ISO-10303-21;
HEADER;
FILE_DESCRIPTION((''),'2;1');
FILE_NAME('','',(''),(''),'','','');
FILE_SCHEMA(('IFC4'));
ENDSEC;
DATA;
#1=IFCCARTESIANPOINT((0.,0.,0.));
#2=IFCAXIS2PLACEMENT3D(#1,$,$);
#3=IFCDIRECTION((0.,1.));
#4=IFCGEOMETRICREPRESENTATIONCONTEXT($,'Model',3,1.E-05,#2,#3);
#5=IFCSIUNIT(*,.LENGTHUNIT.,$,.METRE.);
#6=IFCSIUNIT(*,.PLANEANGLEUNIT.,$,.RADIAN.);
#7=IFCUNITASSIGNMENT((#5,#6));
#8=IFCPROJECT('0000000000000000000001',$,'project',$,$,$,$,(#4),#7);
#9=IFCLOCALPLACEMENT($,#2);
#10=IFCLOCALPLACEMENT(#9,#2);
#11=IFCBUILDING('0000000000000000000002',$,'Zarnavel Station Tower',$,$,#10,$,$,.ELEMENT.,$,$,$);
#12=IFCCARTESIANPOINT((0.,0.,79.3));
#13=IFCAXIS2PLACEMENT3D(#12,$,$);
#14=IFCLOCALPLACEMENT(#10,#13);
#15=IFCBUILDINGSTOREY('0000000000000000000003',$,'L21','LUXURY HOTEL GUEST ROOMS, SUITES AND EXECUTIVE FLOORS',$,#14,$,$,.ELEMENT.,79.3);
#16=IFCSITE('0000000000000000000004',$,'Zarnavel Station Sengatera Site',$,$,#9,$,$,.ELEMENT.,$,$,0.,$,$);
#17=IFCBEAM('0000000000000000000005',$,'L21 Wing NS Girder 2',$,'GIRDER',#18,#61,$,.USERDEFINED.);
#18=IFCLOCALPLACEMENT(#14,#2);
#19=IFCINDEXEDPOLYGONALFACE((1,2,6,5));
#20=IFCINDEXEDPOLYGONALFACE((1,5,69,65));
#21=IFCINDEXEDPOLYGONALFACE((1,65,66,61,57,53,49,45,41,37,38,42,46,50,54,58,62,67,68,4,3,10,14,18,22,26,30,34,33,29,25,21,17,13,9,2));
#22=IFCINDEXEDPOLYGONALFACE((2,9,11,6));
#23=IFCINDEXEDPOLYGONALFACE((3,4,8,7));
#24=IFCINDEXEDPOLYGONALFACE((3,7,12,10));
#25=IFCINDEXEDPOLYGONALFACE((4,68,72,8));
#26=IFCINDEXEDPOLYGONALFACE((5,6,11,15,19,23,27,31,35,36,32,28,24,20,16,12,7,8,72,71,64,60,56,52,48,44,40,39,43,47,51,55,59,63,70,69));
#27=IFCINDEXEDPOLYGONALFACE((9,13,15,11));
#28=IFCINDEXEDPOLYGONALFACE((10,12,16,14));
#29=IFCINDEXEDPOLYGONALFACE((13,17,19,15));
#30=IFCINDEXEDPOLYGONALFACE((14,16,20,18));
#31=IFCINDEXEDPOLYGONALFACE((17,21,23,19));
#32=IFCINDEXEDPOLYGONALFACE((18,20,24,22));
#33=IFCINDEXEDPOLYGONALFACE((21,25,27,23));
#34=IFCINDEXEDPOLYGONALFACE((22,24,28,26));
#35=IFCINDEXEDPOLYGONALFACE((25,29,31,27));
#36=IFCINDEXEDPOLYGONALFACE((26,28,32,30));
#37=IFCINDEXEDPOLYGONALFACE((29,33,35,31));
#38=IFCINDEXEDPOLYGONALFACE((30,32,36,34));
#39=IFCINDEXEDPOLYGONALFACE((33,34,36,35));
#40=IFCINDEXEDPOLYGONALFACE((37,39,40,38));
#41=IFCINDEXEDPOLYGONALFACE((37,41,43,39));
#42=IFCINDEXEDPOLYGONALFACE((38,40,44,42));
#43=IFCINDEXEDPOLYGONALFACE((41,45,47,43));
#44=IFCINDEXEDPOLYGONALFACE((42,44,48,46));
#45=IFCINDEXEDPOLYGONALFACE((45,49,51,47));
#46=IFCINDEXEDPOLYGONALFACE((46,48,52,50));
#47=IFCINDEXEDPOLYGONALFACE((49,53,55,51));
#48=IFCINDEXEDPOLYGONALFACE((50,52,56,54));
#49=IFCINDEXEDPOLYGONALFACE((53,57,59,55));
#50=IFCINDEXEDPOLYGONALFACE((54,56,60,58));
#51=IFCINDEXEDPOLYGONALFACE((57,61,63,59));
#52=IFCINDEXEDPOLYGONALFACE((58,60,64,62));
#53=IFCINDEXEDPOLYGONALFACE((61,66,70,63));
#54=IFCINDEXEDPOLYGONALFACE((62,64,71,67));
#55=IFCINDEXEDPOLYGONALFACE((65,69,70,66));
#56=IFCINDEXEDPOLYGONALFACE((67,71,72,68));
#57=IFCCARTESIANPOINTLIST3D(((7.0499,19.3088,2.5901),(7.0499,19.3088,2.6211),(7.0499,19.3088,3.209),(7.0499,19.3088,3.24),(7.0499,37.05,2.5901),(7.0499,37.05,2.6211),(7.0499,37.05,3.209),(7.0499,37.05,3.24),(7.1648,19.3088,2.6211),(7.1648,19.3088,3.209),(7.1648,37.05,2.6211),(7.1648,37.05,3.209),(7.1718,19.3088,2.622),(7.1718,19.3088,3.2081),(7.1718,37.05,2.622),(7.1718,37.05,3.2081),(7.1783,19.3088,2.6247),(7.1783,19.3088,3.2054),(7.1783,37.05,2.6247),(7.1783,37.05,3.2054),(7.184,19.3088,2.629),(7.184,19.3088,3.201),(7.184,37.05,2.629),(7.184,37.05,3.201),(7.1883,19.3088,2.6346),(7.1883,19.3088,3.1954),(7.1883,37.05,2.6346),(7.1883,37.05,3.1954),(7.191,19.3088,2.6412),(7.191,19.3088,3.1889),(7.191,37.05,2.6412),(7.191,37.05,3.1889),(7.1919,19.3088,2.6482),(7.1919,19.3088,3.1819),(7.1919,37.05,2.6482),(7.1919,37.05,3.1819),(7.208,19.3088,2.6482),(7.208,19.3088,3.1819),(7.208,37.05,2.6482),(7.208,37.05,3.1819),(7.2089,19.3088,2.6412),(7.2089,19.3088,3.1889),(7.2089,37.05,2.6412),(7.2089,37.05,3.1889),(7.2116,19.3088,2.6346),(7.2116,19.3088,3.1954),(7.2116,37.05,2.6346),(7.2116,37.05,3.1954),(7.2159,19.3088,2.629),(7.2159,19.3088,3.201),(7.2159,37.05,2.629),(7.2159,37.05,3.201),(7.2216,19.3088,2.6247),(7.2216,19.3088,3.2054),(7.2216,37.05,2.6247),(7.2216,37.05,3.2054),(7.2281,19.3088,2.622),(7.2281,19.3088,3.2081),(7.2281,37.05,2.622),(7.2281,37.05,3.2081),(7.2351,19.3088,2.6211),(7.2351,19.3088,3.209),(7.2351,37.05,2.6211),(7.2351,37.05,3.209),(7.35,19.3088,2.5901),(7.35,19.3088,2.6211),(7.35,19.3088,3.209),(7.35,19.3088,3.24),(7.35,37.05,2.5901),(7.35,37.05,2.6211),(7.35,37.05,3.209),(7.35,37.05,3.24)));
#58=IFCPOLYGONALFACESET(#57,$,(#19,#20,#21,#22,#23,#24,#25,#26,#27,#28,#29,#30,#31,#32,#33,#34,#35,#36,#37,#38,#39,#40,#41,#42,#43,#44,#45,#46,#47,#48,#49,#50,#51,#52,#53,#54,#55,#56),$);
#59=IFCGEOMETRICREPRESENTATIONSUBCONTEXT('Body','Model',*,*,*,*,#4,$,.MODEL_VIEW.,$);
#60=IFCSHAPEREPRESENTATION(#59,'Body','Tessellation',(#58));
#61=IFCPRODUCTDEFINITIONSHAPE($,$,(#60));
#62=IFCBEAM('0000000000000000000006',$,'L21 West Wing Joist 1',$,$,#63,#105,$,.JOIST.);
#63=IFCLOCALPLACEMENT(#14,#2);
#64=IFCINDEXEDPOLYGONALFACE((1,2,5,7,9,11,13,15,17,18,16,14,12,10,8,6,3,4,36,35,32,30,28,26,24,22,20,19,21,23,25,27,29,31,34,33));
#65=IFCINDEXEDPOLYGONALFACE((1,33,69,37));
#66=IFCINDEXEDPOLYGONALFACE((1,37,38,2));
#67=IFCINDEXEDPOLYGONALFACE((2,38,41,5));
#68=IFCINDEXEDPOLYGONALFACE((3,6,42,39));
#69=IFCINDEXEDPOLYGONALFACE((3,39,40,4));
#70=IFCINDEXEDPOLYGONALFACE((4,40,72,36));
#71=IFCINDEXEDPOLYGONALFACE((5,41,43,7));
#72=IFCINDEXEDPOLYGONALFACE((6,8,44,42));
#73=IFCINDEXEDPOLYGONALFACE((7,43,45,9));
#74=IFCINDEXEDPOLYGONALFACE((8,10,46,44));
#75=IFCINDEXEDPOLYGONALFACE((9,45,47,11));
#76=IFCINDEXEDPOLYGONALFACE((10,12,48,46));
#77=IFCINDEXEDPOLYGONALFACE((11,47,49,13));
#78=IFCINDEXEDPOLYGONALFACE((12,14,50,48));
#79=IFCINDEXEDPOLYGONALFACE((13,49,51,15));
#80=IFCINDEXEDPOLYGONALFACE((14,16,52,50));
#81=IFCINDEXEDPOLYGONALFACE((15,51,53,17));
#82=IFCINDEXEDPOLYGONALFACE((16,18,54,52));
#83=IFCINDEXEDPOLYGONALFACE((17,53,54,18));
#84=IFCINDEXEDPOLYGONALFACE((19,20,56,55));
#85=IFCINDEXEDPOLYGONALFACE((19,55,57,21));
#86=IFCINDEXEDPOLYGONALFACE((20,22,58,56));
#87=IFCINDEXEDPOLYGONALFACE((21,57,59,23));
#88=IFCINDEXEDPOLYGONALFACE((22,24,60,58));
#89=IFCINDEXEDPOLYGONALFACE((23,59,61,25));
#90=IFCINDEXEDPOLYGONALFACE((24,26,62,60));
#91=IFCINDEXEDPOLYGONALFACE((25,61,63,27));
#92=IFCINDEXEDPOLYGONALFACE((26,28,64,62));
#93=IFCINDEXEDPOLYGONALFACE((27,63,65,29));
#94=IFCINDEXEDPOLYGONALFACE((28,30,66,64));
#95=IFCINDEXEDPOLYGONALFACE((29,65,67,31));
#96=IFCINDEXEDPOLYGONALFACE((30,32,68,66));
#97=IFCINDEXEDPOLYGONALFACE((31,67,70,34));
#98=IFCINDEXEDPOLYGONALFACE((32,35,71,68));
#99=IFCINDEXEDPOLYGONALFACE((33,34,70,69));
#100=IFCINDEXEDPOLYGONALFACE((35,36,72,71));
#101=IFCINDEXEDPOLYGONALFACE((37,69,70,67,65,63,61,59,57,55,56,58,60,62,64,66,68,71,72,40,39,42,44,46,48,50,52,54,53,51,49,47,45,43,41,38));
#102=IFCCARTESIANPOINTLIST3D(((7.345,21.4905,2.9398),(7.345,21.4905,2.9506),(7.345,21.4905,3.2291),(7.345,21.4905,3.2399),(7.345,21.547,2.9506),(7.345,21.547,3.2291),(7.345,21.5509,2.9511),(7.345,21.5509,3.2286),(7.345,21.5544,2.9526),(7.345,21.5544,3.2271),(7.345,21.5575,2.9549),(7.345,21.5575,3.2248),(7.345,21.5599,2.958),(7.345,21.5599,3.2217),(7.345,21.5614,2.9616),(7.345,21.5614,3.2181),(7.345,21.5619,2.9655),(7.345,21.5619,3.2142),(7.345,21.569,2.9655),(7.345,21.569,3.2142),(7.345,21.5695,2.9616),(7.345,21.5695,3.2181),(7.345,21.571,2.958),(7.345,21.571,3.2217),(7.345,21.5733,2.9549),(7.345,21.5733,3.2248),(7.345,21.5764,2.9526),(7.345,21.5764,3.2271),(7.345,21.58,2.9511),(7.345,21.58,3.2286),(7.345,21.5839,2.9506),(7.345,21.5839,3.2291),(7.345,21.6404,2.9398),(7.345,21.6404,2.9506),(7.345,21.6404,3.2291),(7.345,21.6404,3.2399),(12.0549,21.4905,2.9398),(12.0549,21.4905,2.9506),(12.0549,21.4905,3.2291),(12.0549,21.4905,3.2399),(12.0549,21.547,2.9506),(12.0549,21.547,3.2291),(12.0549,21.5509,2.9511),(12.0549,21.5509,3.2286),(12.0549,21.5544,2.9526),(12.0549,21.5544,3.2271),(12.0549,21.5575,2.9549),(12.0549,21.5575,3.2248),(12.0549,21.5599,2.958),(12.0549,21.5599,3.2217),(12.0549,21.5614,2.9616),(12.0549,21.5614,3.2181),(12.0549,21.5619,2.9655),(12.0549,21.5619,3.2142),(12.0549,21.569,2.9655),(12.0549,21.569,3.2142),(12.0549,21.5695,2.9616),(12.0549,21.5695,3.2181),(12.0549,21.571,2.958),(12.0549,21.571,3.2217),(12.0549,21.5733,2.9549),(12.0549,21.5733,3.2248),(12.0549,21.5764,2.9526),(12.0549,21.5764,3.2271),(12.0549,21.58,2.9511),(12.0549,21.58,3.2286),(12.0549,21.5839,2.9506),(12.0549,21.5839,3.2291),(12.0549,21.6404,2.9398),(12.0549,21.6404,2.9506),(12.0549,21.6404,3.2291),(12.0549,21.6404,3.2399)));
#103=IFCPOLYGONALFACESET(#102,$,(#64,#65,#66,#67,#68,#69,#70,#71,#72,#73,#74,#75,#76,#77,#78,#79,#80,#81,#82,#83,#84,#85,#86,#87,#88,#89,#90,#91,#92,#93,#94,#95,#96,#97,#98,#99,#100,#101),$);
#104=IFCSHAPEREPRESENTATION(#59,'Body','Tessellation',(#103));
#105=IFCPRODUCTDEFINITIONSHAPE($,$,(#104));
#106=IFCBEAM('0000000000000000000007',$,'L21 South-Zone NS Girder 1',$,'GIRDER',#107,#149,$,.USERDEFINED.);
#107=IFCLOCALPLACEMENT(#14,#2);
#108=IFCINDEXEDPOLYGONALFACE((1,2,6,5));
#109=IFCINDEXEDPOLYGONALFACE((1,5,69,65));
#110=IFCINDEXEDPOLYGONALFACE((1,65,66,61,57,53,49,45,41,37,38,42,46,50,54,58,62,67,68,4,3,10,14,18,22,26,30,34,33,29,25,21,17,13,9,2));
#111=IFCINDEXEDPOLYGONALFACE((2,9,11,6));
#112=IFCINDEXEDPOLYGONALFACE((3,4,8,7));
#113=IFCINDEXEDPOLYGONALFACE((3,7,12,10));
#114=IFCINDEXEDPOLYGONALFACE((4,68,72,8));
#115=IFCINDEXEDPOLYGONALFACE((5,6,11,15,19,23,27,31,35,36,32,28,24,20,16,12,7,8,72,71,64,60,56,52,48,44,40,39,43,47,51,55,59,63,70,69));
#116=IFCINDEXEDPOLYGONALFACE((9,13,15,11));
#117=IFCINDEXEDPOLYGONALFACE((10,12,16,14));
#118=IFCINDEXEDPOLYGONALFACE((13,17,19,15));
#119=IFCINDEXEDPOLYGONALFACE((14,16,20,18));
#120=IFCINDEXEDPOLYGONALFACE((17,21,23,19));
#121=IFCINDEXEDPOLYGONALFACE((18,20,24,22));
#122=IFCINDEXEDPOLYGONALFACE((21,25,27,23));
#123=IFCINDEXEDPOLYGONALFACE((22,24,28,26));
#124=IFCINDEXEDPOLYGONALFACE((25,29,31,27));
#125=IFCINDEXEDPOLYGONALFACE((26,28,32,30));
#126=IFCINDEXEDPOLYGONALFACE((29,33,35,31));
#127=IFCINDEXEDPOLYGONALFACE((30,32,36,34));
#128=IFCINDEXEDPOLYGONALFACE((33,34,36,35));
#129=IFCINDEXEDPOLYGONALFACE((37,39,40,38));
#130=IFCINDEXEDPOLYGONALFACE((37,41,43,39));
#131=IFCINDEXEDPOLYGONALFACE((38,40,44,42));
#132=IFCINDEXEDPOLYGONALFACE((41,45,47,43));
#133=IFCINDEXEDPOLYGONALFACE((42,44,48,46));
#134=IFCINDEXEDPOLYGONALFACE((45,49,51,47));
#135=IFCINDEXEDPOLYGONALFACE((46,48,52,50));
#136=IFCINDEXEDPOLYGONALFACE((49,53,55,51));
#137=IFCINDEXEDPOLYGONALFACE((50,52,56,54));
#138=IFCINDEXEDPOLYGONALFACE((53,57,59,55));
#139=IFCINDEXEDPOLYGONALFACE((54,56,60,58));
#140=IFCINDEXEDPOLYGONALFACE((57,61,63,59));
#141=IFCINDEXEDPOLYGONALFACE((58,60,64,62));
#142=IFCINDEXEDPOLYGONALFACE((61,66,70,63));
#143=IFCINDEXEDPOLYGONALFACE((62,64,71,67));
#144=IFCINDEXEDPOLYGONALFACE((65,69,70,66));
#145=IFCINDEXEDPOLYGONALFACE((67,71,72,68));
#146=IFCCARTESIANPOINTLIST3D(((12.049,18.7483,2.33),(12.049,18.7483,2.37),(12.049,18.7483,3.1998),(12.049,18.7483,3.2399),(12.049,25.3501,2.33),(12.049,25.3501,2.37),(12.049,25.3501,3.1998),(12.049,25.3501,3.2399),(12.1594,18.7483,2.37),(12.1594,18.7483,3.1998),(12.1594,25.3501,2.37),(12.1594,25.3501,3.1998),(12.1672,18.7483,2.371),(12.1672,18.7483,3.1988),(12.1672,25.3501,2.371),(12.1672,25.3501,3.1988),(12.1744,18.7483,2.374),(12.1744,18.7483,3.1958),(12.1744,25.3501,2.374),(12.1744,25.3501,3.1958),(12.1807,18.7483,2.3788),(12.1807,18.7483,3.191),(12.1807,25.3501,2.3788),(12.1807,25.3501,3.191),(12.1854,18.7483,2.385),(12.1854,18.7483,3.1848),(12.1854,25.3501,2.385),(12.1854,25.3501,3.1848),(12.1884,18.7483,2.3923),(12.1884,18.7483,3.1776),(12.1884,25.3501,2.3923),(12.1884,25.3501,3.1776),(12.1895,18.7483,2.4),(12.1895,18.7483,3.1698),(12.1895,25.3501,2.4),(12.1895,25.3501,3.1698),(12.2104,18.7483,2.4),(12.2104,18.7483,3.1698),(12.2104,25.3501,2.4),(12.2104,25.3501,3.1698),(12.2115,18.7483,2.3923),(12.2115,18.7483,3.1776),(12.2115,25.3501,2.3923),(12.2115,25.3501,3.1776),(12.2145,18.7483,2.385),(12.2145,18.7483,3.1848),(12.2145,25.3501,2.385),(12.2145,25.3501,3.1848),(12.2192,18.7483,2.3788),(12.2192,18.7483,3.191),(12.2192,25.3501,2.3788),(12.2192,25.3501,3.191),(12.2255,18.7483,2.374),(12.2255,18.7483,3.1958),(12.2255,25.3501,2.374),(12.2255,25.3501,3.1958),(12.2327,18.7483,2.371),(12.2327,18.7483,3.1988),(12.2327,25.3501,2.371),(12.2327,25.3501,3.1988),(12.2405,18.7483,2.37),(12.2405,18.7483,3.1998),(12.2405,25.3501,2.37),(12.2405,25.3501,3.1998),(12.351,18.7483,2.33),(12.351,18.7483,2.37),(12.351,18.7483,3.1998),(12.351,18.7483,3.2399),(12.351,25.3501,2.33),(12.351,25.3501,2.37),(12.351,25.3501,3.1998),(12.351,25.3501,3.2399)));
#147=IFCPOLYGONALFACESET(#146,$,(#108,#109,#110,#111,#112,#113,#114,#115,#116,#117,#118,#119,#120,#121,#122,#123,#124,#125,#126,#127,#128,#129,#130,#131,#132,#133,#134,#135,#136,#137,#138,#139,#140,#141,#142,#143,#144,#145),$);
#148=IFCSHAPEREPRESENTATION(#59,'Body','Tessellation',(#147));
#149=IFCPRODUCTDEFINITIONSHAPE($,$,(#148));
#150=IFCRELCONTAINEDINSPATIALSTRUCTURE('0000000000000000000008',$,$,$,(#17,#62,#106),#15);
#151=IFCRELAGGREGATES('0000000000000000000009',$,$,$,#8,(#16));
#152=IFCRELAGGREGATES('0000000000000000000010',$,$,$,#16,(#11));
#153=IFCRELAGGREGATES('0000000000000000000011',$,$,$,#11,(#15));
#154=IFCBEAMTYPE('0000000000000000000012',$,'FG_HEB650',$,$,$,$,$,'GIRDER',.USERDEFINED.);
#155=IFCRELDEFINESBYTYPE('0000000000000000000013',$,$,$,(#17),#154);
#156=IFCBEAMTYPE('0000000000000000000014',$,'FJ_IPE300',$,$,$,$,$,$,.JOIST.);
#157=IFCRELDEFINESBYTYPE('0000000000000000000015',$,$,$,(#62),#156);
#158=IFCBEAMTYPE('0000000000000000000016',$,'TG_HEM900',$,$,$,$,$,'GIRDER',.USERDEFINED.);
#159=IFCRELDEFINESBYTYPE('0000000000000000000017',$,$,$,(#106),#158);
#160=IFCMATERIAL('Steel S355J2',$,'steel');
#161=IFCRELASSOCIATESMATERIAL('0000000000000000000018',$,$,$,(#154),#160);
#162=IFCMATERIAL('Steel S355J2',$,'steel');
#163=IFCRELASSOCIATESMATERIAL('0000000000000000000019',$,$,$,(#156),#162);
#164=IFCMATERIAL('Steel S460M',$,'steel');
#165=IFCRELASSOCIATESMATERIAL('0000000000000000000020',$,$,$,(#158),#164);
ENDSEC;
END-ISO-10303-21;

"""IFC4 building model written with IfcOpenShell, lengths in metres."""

from ifc_helpers import new_model, si_unit, direction, frame, origin, origin_2d, place, context, subcontext, project, spatial, i_section, extrude, material, material_profile, profile_set, type_object, element, save


model = new_model("IFC4")

# Units and contexts
model_context = context("Model", 3, precision=1e-05, world=origin(), true_north=direction((0.0, 1.0)))
body_context = subcontext(model_context, "Body", "Model", "MODEL_VIEW")
ifc_project = project(units=[si_unit("LENGTHUNIT", "METRE"), si_unit("PLANEANGLEUNIT", "RADIAN")], contexts=[model_context])

# Site, building, storey
site_placement = place(None, origin())
site = spatial("IfcSite", under=ifc_project, at=site_placement, Name="Zarnavel Station Sengatera Site", CompositionType="ELEMENT", RefElevation=0.0)
building_placement = place(site_placement, origin())
building = spatial("IfcBuilding", under=site, at=building_placement, Name="Zarnavel Station Tower", CompositionType="ELEMENT")
storey_placement = place(building_placement, frame((0.0, 0.0, 79.3)))
storey = spatial("IfcBuildingStorey", under=building, at=storey_placement, Name="L21", Description="LUXURY HOTEL GUEST ROOMS, SUITES AND EXECUTIVE FLOORS", CompositionType="ELEMENT", Elevation=79.3)

# Beams
ifc_material_1 = material(Name="Steel S355J2", Category="steel")
ifc_material_profile_1 = material_profile(ifc_material_1, i_section(OverallWidth=0.3, OverallDepth=0.6499, WebThickness=0.0161, FlangeThickness=0.031, FilletRadius=0.0271, at=origin_2d()), Name="HEB650")
ifc_profile_set_1 = profile_set([ifc_material_profile_1], Name="Steel S355J2")
beam_type_1 = type_object("IfcBeamType", Name="FG_HEB650", ElementType="GIRDER", PredefinedType="USERDEFINED", material=ifc_profile_set_1)
beam_1_placement = place(storey_placement, frame((7.2, 19.3088, 2.915), z_axis=(0.0, 1.0, 0.0), x_axis=(-1.0, 0.0, 0.0)))
element("IfcBeam", 1, at=beam_1_placement, inside=storey, type_object=beam_type_1, Name="L21 Wing NS Girder 2", ObjectType="GIRDER", PredefinedType="USERDEFINED", context=body_context, shape_type="SweptSolid", body=[
    extrude(i_section(OverallWidth=0.3, OverallDepth=0.6499, WebThickness=0.0161, FlangeThickness=0.031, FilletRadius=0.0271, at=origin_2d()), origin(), (0.0, 0.0, 1.0), 17.7412),
])
ifc_material_2 = material(Name="Steel S355J2", Category="steel")
ifc_material_profile_2 = material_profile(ifc_material_2, i_section(OverallWidth=0.1499, OverallDepth=0.3, WebThickness=0.0071, FlangeThickness=0.0107, FilletRadius=0.0149, at=origin_2d()), Name="IPE300")
ifc_profile_set_2 = profile_set([ifc_material_profile_2], Name="Steel S355J2")
beam_type_2 = type_object("IfcBeamType", Name="FJ_IPE300", PredefinedType="JOIST", material=ifc_profile_set_2)
beam_2_placement = place(storey_placement, frame((7.345, 21.5654, 3.0898), z_axis=(1.0, 0.0, 0.0), x_axis=(0.0, 1.0, 0.0)))
element("IfcBeam", 2, at=beam_2_placement, inside=storey, type_object=beam_type_2, Name="L21 West Wing Joist 1", PredefinedType="JOIST", context=body_context, shape_type="SweptSolid", body=[
    extrude(i_section(OverallWidth=0.1499, OverallDepth=0.3, WebThickness=0.0071, FlangeThickness=0.0107, FilletRadius=0.0149, at=origin_2d()), origin(), (0.0, 0.0, 1.0), 4.71),
])
ifc_material_3 = material(Name="Steel S460M", Category="steel")
ifc_material_profile_3 = material_profile(ifc_material_3, i_section(OverallWidth=0.302, OverallDepth=0.9099, WebThickness=0.021, FlangeThickness=0.04, FilletRadius=0.03, at=origin_2d()), Name="HEM900")
ifc_profile_set_3 = profile_set([ifc_material_profile_3], Name="Steel S460M")
beam_type_3 = type_object("IfcBeamType", Name="TG_HEM900", ElementType="GIRDER", PredefinedType="USERDEFINED", material=ifc_profile_set_3)
beam_3_placement = place(storey_placement, frame((12.2, 18.7483, 2.7849), z_axis=(0.0, 1.0, 0.0), x_axis=(-1.0, 0.0, 0.0)))
element("IfcBeam", 3, at=beam_3_placement, inside=storey, type_object=beam_type_3, Name="L21 South-Zone NS Girder 1", ObjectType="GIRDER", PredefinedType="USERDEFINED", context=body_context, shape_type="SweptSolid", body=[
    extrude(i_section(OverallWidth=0.302, OverallDepth=0.9099, WebThickness=0.021, FlangeThickness=0.04, FilletRadius=0.03, at=origin_2d()), origin(), (0.0, 0.0, 1.0), 6.6018),
])

save(model, "model.ifc")
